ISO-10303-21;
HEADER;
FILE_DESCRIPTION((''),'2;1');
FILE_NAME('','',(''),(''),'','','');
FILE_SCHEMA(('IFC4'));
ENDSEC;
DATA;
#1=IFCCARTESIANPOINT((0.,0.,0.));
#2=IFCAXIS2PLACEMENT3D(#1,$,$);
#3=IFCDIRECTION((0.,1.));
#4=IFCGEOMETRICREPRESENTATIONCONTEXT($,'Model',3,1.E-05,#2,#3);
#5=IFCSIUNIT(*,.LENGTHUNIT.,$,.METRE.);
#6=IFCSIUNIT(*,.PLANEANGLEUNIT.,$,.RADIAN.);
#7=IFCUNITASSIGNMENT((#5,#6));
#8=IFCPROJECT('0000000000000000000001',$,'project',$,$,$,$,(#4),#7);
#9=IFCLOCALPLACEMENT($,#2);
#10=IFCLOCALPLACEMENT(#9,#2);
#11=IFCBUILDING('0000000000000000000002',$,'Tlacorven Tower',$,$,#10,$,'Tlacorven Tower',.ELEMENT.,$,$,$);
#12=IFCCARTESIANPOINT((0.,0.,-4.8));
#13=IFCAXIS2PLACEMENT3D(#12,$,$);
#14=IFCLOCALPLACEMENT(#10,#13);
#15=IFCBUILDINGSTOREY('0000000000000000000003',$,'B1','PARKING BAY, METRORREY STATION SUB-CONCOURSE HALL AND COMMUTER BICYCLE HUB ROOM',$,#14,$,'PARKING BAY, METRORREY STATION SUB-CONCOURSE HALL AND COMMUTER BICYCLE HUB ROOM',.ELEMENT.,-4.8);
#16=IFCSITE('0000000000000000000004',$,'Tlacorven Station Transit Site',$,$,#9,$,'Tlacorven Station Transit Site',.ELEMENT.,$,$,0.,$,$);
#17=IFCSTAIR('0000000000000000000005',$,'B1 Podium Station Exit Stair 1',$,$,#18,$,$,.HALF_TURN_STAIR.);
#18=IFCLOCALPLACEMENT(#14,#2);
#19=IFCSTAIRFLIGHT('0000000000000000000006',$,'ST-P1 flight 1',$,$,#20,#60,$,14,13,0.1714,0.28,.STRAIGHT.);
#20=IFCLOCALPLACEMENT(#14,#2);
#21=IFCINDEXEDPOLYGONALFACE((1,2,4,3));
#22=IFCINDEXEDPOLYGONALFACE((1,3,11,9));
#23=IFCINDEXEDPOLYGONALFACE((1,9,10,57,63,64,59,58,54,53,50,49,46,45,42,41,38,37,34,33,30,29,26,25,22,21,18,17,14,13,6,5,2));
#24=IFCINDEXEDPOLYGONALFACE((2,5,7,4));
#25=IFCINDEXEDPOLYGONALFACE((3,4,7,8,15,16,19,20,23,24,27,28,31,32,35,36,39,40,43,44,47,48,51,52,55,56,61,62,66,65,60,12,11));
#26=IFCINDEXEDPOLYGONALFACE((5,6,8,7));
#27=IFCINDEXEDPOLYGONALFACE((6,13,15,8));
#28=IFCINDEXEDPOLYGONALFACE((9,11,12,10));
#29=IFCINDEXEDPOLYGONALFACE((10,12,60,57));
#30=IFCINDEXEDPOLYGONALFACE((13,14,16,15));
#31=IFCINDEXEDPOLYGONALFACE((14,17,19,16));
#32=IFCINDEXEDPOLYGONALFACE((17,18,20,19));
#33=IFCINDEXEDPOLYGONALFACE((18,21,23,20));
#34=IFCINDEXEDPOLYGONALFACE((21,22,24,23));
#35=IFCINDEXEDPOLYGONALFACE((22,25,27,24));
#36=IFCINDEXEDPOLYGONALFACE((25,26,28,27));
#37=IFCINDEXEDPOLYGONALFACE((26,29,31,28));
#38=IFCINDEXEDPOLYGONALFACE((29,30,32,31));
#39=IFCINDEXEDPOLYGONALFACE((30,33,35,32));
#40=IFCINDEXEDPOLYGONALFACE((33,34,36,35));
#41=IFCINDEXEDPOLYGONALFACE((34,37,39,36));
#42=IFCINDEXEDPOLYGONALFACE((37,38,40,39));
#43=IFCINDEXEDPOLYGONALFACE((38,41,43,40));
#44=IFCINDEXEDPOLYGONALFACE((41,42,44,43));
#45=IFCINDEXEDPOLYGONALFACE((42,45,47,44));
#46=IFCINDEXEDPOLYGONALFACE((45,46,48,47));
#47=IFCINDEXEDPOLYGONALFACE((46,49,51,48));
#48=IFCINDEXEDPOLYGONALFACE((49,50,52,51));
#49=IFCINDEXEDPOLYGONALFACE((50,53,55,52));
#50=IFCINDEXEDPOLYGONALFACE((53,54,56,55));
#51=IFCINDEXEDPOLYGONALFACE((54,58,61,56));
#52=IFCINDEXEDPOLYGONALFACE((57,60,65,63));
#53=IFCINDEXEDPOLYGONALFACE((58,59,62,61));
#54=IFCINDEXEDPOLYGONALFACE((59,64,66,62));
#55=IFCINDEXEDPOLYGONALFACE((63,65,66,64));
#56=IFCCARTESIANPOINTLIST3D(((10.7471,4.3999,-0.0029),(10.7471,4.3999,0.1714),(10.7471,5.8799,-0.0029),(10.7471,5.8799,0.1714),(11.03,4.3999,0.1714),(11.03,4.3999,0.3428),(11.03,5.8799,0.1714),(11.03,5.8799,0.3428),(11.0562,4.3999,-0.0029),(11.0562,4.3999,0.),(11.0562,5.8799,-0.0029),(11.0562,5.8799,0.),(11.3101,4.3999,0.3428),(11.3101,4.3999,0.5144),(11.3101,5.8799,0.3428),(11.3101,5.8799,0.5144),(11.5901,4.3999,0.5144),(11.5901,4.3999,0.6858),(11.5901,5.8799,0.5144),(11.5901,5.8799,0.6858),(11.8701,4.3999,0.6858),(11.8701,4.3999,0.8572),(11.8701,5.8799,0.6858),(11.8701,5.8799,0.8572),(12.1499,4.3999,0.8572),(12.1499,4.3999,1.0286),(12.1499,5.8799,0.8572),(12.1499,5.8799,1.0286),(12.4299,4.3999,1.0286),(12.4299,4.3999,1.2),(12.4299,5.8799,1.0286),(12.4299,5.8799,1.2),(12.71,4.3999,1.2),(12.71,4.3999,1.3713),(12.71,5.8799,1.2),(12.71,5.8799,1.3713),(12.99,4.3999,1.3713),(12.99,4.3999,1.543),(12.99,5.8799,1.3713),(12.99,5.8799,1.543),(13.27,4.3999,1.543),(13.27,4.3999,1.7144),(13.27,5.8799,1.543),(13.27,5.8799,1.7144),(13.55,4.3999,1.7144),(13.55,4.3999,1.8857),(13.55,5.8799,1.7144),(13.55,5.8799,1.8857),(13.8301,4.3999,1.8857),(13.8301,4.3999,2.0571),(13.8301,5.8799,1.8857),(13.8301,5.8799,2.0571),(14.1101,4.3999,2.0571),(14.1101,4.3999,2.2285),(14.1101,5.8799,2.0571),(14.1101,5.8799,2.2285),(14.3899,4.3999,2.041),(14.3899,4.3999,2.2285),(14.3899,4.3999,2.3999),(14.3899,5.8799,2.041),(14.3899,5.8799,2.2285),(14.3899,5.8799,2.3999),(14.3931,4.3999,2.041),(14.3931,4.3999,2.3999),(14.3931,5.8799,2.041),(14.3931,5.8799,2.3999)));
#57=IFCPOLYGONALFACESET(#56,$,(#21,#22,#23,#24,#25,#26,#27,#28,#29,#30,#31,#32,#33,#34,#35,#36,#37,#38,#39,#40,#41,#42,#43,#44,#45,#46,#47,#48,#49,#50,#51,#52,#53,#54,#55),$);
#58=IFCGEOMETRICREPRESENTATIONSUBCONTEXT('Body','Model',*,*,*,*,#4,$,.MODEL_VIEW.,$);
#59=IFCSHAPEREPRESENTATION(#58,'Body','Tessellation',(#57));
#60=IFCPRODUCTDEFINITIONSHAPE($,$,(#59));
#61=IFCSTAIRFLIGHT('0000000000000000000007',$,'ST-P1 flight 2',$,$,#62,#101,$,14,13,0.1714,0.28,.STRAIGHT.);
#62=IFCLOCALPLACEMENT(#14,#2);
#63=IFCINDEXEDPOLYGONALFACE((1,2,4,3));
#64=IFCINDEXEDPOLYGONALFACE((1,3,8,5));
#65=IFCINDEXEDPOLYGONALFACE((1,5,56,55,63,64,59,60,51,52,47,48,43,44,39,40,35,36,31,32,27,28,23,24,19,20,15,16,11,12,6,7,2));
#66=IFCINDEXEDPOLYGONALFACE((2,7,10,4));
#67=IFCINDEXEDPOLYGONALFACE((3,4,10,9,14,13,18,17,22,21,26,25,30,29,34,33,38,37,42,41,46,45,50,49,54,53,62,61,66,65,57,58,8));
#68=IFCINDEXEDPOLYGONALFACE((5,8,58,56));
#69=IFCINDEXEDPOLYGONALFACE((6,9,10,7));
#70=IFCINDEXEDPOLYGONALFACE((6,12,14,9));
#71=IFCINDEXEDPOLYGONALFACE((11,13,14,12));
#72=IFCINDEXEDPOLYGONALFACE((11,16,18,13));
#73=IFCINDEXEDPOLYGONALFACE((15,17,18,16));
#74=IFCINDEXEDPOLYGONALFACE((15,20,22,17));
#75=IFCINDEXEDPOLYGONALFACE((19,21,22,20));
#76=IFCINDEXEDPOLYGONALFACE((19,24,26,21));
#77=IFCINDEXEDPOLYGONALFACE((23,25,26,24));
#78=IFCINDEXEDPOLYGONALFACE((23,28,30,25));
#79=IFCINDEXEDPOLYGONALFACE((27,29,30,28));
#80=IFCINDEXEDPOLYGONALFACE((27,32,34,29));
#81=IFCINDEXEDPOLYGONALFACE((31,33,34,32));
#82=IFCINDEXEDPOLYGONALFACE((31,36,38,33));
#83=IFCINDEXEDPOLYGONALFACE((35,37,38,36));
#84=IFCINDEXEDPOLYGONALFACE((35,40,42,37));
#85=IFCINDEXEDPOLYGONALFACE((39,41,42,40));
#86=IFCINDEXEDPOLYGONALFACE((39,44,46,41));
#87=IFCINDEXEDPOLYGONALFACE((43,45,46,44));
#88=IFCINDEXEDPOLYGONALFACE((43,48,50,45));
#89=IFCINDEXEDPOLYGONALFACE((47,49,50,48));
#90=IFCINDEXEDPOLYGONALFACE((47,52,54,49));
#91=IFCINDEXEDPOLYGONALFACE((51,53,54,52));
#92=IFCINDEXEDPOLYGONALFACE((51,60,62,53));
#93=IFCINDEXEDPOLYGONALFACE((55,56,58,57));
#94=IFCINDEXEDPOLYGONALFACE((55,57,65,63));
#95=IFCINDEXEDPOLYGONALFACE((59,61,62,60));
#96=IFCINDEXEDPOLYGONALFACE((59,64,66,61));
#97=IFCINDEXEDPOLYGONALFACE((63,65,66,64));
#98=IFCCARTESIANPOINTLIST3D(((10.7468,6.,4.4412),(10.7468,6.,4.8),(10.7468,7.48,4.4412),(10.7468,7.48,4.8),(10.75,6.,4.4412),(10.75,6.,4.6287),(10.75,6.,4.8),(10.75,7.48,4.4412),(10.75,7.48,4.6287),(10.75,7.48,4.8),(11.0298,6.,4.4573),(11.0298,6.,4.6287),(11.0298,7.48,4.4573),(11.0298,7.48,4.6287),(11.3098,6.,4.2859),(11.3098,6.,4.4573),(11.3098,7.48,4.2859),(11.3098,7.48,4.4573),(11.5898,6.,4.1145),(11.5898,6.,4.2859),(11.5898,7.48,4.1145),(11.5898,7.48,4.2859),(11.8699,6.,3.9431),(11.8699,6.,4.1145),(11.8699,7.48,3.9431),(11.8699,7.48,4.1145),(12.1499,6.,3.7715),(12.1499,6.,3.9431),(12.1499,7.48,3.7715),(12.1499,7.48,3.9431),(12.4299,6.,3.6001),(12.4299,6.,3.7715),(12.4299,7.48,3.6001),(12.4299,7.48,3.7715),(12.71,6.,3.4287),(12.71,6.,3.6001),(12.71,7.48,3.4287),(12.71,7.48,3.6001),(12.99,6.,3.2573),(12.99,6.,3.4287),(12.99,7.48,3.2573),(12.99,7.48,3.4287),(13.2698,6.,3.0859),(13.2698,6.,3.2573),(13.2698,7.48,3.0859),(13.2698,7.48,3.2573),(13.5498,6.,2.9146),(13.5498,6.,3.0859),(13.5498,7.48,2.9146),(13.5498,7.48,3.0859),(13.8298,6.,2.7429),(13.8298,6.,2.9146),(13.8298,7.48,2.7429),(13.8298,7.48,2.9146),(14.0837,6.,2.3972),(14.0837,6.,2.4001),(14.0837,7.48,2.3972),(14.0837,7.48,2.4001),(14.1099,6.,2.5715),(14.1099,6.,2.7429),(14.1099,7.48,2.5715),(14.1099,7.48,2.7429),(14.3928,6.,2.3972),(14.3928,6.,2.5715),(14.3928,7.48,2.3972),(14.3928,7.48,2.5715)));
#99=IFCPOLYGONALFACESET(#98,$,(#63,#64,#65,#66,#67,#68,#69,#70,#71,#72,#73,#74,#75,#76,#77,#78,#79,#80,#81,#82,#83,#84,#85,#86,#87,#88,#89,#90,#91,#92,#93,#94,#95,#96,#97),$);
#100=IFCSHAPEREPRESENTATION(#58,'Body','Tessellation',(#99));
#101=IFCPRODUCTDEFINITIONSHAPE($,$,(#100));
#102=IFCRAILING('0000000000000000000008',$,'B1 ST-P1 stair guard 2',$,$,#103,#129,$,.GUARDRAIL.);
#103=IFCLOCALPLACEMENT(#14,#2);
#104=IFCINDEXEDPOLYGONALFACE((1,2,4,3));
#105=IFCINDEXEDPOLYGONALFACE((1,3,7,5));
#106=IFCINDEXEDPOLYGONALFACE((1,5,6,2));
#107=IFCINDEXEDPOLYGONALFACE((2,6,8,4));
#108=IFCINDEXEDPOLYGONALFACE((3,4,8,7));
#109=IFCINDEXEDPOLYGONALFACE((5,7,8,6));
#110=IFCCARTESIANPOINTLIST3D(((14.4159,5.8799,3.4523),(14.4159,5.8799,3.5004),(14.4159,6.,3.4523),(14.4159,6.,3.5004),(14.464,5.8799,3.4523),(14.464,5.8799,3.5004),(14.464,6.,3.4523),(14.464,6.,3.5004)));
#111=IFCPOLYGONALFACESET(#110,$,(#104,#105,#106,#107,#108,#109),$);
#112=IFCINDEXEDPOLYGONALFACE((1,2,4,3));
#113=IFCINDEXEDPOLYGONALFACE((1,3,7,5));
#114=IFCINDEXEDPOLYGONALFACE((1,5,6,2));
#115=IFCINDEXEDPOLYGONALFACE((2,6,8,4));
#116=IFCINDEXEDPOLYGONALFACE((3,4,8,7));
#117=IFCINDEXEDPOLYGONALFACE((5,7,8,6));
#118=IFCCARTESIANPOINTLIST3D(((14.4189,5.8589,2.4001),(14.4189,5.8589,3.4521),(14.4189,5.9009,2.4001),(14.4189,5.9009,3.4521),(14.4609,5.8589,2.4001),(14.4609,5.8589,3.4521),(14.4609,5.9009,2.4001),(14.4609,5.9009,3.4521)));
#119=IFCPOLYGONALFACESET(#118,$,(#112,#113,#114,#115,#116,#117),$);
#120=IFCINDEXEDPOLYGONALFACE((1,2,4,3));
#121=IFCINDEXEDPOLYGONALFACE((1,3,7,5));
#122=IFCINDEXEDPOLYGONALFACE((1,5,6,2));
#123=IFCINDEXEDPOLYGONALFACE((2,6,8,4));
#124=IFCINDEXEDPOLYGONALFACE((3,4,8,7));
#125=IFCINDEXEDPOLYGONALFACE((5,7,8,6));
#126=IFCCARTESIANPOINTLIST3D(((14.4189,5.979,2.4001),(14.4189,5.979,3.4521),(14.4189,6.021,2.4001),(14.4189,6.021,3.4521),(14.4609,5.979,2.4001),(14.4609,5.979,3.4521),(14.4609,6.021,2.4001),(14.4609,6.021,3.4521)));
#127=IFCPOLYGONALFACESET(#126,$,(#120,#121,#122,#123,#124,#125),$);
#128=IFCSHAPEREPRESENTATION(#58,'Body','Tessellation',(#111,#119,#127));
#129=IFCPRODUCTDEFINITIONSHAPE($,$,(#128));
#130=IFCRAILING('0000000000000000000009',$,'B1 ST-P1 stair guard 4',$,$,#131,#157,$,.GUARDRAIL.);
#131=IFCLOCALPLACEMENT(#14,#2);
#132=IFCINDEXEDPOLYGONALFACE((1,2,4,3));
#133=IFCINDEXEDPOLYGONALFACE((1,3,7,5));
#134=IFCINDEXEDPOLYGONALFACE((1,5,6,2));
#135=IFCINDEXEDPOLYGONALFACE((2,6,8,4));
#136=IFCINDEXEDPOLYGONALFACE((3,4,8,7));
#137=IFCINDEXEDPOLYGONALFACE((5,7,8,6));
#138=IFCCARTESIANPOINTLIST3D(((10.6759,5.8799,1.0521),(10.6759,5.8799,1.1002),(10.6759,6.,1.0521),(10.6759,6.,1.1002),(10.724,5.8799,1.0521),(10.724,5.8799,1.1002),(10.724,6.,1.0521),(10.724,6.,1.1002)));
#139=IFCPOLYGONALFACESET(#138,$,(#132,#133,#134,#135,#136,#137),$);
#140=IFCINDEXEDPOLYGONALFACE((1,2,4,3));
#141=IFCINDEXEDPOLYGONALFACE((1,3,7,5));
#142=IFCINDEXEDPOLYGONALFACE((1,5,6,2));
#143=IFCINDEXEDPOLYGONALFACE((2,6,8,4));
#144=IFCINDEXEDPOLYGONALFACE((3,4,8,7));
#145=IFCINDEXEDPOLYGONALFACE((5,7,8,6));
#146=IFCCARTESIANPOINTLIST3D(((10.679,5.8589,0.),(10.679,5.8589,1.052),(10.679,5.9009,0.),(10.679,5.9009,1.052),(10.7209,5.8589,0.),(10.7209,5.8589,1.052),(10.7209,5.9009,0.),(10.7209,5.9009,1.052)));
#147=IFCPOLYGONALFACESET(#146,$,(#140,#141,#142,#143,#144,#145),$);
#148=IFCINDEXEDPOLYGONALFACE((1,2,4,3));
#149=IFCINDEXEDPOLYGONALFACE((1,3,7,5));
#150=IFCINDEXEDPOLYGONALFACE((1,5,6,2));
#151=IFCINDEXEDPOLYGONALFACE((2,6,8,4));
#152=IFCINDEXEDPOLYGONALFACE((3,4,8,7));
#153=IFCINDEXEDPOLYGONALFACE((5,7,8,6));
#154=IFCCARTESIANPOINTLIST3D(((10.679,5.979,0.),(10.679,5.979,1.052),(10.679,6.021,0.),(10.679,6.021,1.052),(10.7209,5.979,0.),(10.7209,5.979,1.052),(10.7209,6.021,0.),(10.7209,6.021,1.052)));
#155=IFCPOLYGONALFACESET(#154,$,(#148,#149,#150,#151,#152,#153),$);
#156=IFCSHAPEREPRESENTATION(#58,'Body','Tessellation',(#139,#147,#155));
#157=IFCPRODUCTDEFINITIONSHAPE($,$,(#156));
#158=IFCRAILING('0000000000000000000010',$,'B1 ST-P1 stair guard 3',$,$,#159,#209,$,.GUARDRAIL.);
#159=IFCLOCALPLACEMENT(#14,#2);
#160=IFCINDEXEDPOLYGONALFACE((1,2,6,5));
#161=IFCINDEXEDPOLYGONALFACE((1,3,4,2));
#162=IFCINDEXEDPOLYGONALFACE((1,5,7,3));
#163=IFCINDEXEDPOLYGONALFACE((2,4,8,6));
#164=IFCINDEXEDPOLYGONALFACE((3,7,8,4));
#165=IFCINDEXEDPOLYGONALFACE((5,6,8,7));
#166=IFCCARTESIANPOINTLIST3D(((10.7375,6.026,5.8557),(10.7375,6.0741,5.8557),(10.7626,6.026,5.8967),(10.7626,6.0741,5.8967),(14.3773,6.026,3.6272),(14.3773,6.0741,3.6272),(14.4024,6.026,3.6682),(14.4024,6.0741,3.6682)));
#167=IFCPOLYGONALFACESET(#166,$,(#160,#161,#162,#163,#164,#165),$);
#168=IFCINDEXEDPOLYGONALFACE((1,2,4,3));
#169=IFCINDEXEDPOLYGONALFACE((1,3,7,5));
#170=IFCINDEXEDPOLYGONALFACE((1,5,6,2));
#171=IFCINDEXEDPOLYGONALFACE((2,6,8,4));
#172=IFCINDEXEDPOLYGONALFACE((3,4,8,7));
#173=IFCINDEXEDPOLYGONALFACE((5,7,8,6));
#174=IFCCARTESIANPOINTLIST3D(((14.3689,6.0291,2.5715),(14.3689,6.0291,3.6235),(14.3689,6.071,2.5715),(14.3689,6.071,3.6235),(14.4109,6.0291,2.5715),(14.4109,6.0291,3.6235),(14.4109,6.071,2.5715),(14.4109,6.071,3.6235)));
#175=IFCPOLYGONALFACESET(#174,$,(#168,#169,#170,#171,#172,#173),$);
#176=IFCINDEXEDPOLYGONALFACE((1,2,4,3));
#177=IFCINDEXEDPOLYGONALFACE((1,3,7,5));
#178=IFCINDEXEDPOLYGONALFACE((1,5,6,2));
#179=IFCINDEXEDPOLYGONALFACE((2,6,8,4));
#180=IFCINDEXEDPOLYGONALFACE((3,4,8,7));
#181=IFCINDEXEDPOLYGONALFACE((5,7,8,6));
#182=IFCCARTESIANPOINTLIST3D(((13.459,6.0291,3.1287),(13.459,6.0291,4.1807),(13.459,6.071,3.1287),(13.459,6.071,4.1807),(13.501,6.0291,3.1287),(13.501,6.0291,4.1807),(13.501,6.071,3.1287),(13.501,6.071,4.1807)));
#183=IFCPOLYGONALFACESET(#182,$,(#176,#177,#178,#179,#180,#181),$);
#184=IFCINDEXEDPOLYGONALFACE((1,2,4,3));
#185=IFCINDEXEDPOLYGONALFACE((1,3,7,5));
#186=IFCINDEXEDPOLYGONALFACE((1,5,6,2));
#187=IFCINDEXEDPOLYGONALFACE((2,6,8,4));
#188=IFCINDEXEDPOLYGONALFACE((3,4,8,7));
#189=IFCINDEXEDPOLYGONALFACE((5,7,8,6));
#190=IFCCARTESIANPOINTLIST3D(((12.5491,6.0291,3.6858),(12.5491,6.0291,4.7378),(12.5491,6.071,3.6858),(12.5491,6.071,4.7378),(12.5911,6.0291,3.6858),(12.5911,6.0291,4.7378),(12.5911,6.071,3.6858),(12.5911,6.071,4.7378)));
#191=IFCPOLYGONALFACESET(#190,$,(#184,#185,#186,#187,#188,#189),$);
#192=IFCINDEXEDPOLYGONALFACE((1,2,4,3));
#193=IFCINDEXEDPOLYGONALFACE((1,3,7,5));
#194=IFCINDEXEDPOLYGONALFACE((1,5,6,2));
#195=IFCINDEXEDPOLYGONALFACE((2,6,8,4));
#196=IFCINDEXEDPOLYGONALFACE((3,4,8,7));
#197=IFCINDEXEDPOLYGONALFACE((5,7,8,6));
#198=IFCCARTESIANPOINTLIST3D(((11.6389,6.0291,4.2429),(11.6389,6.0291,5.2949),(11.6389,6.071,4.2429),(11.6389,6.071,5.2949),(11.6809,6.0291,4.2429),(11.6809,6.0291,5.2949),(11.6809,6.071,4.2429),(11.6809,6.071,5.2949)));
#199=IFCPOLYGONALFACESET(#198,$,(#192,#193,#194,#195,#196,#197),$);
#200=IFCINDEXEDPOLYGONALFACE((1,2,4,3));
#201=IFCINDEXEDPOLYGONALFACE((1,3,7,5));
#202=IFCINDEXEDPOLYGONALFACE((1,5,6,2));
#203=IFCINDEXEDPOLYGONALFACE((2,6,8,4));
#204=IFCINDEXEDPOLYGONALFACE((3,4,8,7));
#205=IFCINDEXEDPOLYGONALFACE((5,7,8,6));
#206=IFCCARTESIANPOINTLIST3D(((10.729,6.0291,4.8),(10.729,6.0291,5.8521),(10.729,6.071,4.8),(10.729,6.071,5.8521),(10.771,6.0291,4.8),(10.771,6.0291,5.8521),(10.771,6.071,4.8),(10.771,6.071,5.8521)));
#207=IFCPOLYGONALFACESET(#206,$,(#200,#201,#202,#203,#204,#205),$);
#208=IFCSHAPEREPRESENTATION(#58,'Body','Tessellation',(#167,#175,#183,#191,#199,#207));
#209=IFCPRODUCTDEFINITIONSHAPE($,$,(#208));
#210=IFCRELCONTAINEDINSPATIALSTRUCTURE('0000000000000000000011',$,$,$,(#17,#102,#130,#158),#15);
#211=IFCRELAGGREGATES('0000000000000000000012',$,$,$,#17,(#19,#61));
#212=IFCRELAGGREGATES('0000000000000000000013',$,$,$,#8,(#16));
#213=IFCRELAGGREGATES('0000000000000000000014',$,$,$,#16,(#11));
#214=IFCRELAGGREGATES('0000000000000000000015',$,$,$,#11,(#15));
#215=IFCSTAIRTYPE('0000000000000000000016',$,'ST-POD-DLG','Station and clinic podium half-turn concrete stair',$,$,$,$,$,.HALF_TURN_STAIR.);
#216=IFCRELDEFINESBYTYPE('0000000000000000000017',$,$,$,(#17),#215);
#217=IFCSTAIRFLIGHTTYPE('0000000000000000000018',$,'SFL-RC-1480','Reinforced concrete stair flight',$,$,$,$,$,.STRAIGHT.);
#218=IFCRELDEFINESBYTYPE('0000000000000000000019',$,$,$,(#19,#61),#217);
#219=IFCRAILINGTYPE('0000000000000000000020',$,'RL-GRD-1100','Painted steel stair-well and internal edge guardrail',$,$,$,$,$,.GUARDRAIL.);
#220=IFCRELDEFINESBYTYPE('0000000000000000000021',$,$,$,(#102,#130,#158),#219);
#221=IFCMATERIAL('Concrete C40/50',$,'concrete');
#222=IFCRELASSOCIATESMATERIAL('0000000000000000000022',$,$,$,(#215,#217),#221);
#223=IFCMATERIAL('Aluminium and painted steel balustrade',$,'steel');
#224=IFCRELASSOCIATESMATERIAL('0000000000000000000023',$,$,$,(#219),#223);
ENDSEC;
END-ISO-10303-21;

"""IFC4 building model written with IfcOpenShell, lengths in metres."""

from ifc_helpers import new_model, si_unit, direction, frame, origin, origin_2d, place, context, subcontext, project, spatial, polyline, rectangle, outline, extrude, source, transform, mapped, material, type_object, element, aggregate, save


model = new_model("IFC4")

# Units and contexts
model_context = context("Model", 3, precision=1e-05, world=origin(), true_north=direction((0.0, 1.0)))
body_context = subcontext(model_context, "Body", "Model", "MODEL_VIEW")
ifc_project = project(units=[si_unit("LENGTHUNIT", "METRE"), si_unit("PLANEANGLEUNIT", "RADIAN")], contexts=[model_context])

# Site, building, storey
site_placement = place(None, origin())
site = spatial("IfcSite", under=ifc_project, at=site_placement, Name="Tlacorven Station Transit Site", LongName="Tlacorven Station Transit Site", CompositionType="ELEMENT", RefElevation=0.0)
building_placement = place(site_placement, origin())
building = spatial("IfcBuilding", under=site, at=building_placement, Name="Tlacorven Tower", LongName="Tlacorven Tower", CompositionType="ELEMENT")
storey_placement = place(building_placement, frame((0.0, 0.0, -4.8)))
storey = spatial("IfcBuildingStorey", under=building, at=storey_placement, Name="B1", Description="PARKING BAY, METRORREY STATION SUB-CONCOURSE HALL AND COMMUTER BICYCLE HUB ROOM", LongName="PARKING BAY, METRORREY STATION SUB-CONCOURSE HALL AND COMMUTER BICYCLE HUB ROOM", CompositionType="ELEMENT", Elevation=-4.8)

# Shared definitions
ifc_material_1 = material(Name="Concrete C40/50", Category="concrete")

# Stair
stair_type_1 = type_object("IfcStairType", Name="ST-POD-DLG", Description="Station and clinic podium half-turn concrete stair", PredefinedType="HALF_TURN_STAIR", material=ifc_material_1)
stair_1_placement = place(storey_placement, origin())
stair_1 = element("IfcStair", 1, at=stair_1_placement, inside=storey, type_object=stair_type_1, Name="B1 Podium Station Exit Stair 1", PredefinedType="HALF_TURN_STAIR")

# Stair flights
stair_flight_type = type_object("IfcStairFlightType", Name="SFL-RC-1480", Description="Reinforced concrete stair flight", PredefinedType="STRAIGHT", material=ifc_material_1)
shared_shape_1 = source(origin(), body_context, "Body", "SweptSolid", [
    extrude(outline(polyline([(-0.0029, -0.0029), (-0.0029, 0.1714), (0.28, 0.1714), (0.28, 0.3428), (0.5601, 0.3428), (0.5601, 0.5144), (0.8401, 0.5144), (0.8401, 0.6858), (1.1201, 0.6858), (1.1201, 0.8572), (1.3999, 0.8572), (1.3999, 1.0286), (1.6799, 1.0286), (1.6799, 1.2), (1.96, 1.2), (1.96, 1.3713), (2.24, 1.3713), (2.24, 1.543), (2.52, 1.543), (2.52, 1.7144), (2.8, 1.7144), (2.8, 1.8857), (3.0801, 1.8857), (3.0801, 2.0571), (3.3601, 2.0571), (3.3601, 2.2285), (3.6399, 2.2285), (3.6399, 2.3999), (3.6431, 2.3999), (3.6431, 2.041), (3.6399, 2.041), (0.3062, 0.0), (0.3062, -0.0029), (-0.0029, -0.0029)])), frame((0.0, 0.74, 0.0), z_axis=(0.0, -1.0, 0.0), x_axis=(1.0, 0.0, 0.0)), (0.0, 0.0, 1.0), 1.48),
])
stair_flight_1_placement = place(storey_placement, frame((10.75, 5.1399, 0.0), z_axis=(0.0, 0.0, 1.0), x_axis=(1.0, 0.0, 0.0)))
stair_flight_1 = element("IfcStairFlight", 2, at=stair_flight_1_placement, type_object=stair_flight_type, Name="ST-P1 flight 1", NumberOfRisers=14, NumberOfTreads=13, PredefinedType="STRAIGHT", RiserHeight=0.1714, TreadLength=0.28, context=body_context, shape_type="MappedRepresentation", body=[
    mapped(shared_shape_1, transform((0.0, 0.0, 0.0), scale=1.0)),
])
stair_flight_2_placement = place(storey_placement, frame((14.3899, 6.74, 2.4001), z_axis=(0.0, 0.0, 1.0), x_axis=(-1.0, 0.0, 0.0)))
stair_flight_2 = element("IfcStairFlight", 3, at=stair_flight_2_placement, type_object=stair_flight_type, Name="ST-P1 flight 2", NumberOfRisers=14, NumberOfTreads=13, PredefinedType="STRAIGHT", RiserHeight=0.1714, TreadLength=0.28, context=body_context, shape_type="MappedRepresentation", body=[
    mapped(shared_shape_1, transform((0.0, 0.0, 0.0), scale=1.0)),
])
aggregate(stair_1, [stair_flight_1, stair_flight_2])

# Railings
ifc_material_2 = material(Name="Aluminium and painted steel balustrade", Category="steel")
railing_type_1 = type_object("IfcRailingType", Name="RL-GRD-1100", Description="Painted steel stair-well and internal edge guardrail", PredefinedType="GUARDRAIL", material=ifc_material_2)
shared_shape_2 = source(origin(), body_context, "Body", "SweptSolid", [
    extrude(rectangle(XDim=0.0481, YDim=0.0481, at=origin_2d()), frame((0.0, 0.0, 1.0762), z_axis=(0.0, 1.0, 0.0), x_axis=(-1.0, 0.0, 0.0)), (0.0, 0.0, 1.0), 0.1201),
    extrude(rectangle(XDim=0.042, YDim=0.042, at=origin_2d()), origin(), (0.0, 0.0, 1.0), 1.052),
    extrude(rectangle(XDim=0.042, YDim=0.042, at=origin_2d()), frame((0.0, 0.1201, 0.0)), (0.0, 0.0, 1.0), 1.052),
])
for number, where, name in (
    (4, (14.4399, 5.8799, 2.4001), "B1 ST-P1 stair guard 2"),
    (5, (10.7, 5.8799, 0.0), "B1 ST-P1 stair guard 4"),
):
    element("IfcRailing", number, at=place(storey_placement, frame(where)), inside=storey, type_object=railing_type_1, Name=name, PredefinedType="GUARDRAIL", context=body_context, shape_type="MappedRepresentation", body=[
        mapped(shared_shape_2, transform((0.0, 0.0, 0.0), scale=1.0)),
    ])
shared_shape_3 = source(origin(), body_context, "Body", "SweptSolid", [
    extrude(rectangle(XDim=0.0481, YDim=0.0481, at=origin_2d()), frame((0.0, 0.0, 1.0762), z_axis=(-0.85285, 0.0, 0.522156), x_axis=(0.0, -1.0, 0.0)), (0.0, 0.0, 1.0), 4.2678),
    extrude(rectangle(XDim=0.042, YDim=0.042, at=origin_2d()), origin(), (0.0, 0.0, 1.0), 1.052),
    extrude(rectangle(XDim=0.042, YDim=0.042, at=origin_2d()), frame((-0.9099, 0.0, 0.5571)), (0.0, 0.0, 1.0), 1.052),
    extrude(rectangle(XDim=0.042, YDim=0.042, at=origin_2d()), frame((-1.8198, 0.0, 1.1143)), (0.0, 0.0, 1.0), 1.052),
    extrude(rectangle(XDim=0.042, YDim=0.042, at=origin_2d()), frame((-2.73, 0.0, 1.6714)), (0.0, 0.0, 1.0), 1.052),
    extrude(rectangle(XDim=0.042, YDim=0.042, at=origin_2d()), frame((-3.6399, 0.0, 2.2285)), (0.0, 0.0, 1.0), 1.052),
])
railing_1_placement = place(storey_placement, frame((14.3899, 6.05, 2.5715)))
element("IfcRailing", 6, at=railing_1_placement, inside=storey, type_object=railing_type_1, Name="B1 ST-P1 stair guard 3", PredefinedType="GUARDRAIL", context=body_context, shape_type="MappedRepresentation", body=[
    mapped(shared_shape_3, transform((0.0, 0.0, 0.0), scale=1.0)),
])

save(model, "model.ifc")
